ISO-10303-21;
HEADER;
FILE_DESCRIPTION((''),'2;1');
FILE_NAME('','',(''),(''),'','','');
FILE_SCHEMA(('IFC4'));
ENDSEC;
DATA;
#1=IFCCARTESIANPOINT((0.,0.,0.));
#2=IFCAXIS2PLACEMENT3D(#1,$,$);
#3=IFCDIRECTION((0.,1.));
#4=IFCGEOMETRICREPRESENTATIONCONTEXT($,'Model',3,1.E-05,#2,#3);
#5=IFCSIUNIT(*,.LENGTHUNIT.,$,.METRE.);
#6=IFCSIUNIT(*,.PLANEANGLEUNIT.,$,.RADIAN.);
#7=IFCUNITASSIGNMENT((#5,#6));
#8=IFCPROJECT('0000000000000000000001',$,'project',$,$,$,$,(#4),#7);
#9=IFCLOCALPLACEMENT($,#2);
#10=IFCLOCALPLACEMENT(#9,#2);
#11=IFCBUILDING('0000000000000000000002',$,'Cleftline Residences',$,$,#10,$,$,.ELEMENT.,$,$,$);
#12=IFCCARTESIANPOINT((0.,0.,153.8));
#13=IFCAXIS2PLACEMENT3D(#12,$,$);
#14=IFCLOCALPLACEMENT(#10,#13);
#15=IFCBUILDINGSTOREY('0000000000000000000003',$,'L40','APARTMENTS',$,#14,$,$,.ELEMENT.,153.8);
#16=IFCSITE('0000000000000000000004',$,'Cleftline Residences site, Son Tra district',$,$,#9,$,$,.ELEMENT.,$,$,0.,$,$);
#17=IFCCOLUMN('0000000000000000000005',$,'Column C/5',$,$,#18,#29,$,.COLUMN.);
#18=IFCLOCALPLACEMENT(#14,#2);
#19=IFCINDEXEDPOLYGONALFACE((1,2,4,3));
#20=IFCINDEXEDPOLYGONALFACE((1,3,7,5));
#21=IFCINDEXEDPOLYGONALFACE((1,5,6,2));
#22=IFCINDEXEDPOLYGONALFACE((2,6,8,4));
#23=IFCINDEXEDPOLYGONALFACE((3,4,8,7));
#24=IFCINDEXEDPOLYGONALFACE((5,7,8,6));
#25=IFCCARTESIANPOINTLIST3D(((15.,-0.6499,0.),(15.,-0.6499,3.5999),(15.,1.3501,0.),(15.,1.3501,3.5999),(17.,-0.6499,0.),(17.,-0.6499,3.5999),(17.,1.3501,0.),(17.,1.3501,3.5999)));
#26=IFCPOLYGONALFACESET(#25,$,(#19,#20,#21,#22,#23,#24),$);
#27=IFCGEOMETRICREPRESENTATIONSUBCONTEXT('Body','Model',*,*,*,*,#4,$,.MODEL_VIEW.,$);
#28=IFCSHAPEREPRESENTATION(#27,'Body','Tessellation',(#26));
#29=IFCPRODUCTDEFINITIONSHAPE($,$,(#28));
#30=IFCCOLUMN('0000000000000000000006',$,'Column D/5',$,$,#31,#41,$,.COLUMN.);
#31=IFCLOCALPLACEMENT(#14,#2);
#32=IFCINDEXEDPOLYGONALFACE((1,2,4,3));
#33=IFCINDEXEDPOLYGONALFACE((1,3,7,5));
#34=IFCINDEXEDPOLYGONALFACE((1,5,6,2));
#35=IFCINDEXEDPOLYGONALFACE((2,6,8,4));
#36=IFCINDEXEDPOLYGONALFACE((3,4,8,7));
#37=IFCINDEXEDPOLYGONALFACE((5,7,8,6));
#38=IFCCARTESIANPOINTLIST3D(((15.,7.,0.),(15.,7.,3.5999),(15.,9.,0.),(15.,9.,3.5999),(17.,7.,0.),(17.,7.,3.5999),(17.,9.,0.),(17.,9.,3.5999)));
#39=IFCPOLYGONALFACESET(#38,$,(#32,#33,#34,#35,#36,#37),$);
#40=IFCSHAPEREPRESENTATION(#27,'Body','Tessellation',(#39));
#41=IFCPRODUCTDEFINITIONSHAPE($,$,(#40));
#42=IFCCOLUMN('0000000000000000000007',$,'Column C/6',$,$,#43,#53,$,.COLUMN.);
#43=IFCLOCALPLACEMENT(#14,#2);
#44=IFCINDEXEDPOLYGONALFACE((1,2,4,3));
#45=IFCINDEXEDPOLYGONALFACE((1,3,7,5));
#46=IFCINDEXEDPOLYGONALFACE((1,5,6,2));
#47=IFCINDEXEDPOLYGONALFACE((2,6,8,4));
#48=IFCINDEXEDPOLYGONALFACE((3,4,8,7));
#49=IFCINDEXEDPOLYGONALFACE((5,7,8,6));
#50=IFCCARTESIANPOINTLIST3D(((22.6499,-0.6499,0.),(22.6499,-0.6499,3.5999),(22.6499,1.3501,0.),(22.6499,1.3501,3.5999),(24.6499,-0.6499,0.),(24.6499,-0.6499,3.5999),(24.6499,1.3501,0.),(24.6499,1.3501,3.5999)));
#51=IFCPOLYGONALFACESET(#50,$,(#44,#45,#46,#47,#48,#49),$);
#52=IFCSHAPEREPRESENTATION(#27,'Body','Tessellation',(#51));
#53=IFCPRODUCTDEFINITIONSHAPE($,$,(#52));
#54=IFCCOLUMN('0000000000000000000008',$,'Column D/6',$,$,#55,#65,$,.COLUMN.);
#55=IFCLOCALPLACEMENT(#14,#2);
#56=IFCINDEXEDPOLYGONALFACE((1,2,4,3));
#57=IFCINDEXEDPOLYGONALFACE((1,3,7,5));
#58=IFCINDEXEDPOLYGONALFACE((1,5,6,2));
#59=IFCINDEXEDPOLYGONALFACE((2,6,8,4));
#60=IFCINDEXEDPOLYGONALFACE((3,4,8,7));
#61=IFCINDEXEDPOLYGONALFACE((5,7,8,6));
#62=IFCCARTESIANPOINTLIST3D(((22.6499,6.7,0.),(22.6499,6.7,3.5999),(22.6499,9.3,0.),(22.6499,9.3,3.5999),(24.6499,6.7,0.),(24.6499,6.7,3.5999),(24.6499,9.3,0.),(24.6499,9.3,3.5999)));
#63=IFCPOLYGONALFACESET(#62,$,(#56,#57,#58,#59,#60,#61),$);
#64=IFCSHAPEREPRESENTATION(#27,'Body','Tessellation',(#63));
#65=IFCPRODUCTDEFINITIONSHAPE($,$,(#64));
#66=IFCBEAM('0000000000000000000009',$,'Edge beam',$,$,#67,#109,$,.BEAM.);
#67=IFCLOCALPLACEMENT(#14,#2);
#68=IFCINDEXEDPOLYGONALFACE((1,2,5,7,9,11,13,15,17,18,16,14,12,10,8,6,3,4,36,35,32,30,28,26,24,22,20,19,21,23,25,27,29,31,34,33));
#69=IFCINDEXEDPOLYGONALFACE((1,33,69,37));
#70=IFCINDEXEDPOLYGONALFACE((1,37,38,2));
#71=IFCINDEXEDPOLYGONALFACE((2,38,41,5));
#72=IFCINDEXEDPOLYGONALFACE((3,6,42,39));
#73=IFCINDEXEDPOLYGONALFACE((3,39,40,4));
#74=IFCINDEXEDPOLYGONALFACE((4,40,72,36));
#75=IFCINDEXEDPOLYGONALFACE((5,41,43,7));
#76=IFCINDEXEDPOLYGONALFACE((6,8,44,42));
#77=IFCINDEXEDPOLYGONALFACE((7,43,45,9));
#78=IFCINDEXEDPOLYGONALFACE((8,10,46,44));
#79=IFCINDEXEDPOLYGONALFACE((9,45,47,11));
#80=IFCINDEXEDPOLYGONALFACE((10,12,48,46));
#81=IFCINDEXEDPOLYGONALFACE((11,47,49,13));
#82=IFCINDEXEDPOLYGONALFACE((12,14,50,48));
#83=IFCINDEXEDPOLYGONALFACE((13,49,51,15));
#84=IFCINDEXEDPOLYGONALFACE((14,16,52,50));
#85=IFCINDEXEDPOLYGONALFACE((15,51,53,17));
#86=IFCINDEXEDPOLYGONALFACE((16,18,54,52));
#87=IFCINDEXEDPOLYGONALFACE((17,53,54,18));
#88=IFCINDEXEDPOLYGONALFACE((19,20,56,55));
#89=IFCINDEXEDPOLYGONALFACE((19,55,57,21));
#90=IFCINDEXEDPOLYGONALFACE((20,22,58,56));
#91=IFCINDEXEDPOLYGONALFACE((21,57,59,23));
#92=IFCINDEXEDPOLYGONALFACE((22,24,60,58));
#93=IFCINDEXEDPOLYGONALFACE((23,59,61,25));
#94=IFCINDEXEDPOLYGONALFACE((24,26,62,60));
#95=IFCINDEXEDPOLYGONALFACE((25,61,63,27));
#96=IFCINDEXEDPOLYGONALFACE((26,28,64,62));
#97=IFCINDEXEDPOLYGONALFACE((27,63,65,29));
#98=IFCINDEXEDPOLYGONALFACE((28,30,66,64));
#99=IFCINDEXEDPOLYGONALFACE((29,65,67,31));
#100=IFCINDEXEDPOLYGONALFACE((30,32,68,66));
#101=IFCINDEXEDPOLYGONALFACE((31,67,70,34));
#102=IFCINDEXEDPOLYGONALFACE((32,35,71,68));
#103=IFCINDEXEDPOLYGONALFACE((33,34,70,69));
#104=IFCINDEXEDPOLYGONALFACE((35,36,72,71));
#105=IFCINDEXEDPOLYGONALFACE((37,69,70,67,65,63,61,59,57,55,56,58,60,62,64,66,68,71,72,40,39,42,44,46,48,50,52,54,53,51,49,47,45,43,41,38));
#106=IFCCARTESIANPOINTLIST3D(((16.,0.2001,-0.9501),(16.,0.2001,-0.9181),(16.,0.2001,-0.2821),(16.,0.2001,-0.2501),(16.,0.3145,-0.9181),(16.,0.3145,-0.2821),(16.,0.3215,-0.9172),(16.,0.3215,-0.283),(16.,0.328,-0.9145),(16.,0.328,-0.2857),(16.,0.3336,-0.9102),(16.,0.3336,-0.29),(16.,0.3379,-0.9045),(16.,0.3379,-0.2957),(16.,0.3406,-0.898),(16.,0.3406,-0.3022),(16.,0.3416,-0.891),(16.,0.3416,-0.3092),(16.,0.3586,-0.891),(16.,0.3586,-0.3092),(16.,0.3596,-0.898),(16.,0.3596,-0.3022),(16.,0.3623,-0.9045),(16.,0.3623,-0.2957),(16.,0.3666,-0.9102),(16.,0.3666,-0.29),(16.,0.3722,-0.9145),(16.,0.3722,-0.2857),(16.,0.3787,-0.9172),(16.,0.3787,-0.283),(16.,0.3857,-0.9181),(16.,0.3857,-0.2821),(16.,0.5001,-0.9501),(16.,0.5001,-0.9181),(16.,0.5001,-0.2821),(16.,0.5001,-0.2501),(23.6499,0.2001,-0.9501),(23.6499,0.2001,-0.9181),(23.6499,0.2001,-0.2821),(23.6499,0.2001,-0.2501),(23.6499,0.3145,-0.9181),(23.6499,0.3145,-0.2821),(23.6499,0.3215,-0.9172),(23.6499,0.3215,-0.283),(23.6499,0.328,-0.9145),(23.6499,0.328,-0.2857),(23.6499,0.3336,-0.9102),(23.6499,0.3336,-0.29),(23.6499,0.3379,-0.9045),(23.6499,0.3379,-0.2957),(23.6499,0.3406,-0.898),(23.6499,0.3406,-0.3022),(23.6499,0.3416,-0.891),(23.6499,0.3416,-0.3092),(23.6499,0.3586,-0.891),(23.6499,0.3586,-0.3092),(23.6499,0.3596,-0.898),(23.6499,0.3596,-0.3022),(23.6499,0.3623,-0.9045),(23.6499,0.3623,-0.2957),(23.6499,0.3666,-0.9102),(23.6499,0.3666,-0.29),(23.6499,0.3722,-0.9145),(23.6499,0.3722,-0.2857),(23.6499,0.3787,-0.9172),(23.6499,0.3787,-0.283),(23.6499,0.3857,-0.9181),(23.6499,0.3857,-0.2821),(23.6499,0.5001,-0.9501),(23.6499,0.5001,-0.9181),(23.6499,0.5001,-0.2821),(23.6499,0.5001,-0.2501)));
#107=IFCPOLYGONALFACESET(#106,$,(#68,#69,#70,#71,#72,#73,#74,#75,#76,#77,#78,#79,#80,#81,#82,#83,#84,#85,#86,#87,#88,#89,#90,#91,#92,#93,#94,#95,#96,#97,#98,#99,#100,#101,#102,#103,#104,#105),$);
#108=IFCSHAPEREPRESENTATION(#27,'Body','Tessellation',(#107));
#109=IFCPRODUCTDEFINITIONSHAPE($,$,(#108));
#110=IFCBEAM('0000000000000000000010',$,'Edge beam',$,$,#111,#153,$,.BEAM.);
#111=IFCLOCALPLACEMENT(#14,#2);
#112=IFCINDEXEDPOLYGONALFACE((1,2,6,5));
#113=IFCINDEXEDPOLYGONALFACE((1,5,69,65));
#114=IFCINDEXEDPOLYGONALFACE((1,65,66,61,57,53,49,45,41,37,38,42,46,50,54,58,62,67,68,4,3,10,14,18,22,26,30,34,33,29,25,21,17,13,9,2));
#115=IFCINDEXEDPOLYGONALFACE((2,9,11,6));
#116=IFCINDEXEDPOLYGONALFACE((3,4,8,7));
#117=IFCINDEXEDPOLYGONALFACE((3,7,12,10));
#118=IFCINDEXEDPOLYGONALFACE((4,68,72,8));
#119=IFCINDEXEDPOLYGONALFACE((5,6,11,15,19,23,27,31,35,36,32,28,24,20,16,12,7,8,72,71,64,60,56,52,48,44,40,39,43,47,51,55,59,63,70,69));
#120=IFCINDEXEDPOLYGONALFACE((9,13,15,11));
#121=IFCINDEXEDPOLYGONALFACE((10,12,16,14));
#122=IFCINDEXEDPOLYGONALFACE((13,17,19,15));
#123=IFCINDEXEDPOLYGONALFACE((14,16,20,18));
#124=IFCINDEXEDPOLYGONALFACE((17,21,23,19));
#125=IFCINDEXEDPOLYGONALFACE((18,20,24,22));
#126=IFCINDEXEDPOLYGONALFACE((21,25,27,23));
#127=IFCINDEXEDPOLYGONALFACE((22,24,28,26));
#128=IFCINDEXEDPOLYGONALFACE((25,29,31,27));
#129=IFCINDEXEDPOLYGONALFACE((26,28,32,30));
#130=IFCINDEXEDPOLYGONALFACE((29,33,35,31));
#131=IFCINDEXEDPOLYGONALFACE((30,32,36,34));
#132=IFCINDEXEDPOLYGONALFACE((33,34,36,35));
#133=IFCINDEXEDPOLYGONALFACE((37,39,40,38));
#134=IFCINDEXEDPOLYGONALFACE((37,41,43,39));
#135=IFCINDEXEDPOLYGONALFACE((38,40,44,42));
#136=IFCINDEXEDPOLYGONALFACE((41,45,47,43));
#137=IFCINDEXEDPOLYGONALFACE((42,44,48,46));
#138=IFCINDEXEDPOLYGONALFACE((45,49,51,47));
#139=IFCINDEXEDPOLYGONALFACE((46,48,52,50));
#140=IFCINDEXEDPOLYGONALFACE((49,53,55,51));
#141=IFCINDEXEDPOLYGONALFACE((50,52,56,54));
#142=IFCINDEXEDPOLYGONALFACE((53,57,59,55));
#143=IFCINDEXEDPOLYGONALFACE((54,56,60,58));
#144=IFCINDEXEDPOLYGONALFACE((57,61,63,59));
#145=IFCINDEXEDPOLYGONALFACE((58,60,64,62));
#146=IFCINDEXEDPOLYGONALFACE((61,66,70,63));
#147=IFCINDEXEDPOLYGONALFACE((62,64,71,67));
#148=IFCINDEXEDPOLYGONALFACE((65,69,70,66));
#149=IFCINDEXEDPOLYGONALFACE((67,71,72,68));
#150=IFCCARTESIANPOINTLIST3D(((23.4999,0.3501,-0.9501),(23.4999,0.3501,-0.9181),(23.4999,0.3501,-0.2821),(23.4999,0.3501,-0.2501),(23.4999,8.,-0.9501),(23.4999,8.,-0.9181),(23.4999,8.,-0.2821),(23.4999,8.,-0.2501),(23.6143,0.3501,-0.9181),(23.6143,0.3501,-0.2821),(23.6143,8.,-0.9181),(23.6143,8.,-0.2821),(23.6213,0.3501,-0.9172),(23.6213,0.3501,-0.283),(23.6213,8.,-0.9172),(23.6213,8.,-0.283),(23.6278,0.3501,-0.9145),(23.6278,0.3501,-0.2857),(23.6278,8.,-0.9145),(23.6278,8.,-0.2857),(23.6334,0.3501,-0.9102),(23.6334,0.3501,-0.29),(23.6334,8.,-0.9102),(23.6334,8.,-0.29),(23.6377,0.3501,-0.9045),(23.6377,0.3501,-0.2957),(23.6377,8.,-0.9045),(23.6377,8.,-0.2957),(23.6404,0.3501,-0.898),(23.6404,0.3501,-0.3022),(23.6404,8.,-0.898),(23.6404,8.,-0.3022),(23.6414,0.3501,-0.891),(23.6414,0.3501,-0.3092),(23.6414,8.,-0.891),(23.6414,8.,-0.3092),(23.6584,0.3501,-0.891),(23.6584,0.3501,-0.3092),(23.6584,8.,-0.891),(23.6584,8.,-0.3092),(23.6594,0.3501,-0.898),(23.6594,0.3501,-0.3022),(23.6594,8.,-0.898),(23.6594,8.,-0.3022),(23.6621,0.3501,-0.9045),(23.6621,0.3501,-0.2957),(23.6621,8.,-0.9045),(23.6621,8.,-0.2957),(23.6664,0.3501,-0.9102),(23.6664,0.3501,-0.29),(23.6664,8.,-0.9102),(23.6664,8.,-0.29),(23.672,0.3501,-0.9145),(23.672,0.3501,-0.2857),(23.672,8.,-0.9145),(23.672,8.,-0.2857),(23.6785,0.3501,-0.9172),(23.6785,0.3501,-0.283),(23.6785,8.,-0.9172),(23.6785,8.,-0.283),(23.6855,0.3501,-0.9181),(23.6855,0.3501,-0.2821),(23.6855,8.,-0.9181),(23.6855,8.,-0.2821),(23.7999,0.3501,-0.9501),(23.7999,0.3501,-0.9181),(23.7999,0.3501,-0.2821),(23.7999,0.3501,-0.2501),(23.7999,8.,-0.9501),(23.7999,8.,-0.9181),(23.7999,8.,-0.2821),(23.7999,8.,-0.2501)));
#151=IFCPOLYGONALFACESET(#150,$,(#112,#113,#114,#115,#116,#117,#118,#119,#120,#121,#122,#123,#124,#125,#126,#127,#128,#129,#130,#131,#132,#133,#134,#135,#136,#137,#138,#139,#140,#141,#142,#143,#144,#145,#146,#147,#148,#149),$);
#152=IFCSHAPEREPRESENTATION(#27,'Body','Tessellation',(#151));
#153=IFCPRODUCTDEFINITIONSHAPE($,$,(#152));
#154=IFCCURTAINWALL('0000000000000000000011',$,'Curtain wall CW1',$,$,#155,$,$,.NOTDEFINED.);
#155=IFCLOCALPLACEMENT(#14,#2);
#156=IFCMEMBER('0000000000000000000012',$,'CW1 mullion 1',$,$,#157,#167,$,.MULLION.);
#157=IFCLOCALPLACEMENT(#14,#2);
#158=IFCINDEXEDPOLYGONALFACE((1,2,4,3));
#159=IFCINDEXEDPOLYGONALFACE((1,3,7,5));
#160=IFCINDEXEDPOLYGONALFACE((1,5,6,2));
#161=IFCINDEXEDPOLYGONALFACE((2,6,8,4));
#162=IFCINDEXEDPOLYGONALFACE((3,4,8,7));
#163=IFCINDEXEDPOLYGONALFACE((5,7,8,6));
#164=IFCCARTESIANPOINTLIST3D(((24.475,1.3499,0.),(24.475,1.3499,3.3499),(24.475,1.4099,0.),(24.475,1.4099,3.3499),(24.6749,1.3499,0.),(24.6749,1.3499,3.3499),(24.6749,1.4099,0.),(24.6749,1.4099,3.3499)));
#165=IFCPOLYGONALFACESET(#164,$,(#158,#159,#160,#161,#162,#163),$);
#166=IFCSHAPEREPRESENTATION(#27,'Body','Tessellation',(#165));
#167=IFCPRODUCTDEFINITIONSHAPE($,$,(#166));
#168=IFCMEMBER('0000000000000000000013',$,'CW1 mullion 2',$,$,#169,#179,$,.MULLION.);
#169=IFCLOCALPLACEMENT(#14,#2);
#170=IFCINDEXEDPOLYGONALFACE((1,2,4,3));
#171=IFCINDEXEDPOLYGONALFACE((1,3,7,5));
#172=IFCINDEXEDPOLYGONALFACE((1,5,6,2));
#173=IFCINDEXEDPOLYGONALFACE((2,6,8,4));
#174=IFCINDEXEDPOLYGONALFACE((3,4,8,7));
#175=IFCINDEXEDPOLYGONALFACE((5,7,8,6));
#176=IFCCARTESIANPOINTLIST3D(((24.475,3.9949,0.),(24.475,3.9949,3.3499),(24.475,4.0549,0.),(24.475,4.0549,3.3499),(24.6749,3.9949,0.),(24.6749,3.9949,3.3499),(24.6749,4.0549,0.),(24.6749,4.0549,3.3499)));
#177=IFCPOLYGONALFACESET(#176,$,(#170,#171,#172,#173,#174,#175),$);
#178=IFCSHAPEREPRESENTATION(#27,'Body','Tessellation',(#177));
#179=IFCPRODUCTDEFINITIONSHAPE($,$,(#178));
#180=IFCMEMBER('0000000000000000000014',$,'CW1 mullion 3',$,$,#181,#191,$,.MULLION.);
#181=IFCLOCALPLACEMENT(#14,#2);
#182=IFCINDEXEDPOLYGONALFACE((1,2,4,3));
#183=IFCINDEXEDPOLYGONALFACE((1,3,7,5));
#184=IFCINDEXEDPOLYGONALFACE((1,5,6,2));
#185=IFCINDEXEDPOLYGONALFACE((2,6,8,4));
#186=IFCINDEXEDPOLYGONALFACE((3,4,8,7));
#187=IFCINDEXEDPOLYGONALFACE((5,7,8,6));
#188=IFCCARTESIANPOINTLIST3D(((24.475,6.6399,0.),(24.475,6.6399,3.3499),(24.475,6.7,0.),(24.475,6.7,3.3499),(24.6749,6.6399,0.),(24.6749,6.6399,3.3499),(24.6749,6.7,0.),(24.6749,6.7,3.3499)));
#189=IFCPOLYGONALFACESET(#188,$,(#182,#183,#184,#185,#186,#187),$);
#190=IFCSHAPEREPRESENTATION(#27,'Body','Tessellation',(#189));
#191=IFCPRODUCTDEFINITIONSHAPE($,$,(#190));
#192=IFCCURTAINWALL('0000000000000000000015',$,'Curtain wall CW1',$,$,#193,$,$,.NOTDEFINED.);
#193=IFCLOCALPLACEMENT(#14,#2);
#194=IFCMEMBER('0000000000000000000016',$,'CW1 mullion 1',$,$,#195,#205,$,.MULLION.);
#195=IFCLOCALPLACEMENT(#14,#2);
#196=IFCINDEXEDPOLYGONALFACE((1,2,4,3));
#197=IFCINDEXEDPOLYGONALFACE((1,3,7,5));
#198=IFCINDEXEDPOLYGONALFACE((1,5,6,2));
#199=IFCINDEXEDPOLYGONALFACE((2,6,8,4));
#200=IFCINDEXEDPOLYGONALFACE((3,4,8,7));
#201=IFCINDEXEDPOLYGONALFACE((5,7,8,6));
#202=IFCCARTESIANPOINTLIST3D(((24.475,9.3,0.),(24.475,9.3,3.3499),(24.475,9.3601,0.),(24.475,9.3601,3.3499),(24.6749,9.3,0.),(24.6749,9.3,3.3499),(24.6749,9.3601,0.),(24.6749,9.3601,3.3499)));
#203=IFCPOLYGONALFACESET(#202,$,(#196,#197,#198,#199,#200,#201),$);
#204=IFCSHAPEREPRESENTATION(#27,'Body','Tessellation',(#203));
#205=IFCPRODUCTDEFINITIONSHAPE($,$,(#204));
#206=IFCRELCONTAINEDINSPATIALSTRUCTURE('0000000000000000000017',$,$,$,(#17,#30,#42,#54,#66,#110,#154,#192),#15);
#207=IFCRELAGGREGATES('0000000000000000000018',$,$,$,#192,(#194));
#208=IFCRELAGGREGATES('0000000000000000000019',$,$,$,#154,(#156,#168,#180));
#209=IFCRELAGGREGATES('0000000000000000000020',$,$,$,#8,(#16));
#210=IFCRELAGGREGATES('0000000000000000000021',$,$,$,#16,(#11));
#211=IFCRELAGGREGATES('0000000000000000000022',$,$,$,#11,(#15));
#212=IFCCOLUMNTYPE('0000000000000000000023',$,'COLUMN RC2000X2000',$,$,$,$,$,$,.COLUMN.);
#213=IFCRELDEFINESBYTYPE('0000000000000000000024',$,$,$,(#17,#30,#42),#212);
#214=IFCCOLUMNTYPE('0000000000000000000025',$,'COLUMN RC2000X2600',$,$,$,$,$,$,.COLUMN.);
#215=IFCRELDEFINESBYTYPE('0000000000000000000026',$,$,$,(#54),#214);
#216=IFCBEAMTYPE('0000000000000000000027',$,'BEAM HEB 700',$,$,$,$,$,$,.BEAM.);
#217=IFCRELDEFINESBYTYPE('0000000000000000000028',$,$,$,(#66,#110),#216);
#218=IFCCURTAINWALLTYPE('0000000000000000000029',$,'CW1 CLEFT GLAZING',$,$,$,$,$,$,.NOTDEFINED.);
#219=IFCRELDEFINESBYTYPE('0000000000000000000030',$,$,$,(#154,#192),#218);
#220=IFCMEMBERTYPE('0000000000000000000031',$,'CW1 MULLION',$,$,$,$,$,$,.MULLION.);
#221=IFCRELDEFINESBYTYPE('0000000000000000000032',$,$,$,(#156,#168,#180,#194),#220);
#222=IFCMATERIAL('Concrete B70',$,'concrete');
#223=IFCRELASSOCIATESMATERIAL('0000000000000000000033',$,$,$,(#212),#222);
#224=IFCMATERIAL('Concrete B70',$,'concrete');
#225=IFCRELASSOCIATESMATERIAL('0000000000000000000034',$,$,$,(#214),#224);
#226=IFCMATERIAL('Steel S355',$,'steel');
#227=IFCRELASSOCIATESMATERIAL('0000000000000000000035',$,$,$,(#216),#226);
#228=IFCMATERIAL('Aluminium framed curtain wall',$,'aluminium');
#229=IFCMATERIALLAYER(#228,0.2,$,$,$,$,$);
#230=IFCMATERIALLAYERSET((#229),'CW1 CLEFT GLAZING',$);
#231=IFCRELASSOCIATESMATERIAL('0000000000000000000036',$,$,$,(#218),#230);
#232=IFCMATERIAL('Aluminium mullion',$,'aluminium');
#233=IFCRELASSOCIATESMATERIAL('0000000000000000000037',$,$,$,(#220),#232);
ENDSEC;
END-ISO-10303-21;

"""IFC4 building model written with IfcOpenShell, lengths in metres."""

from ifc_helpers import new_model, si_unit, direction, frame, origin, origin_2d, place, context, subcontext, project, spatial, rectangle, i_section, extrude, material, layer, layer_set, material_profile, profile_set, type_object, element, aggregate, save


model = new_model("IFC4")

# Units and contexts
model_context = context("Model", 3, precision=1e-05, world=origin(), true_north=direction((0.0, 1.0)))
body_context = subcontext(model_context, "Body", "Model", "MODEL_VIEW")
ifc_project = project(units=[si_unit("LENGTHUNIT", "METRE"), si_unit("PLANEANGLEUNIT", "RADIAN")], contexts=[model_context])

# Site, building, storey
site_placement = place(None, origin())
site = spatial("IfcSite", under=ifc_project, at=site_placement, Name="Cleftline Residences site, Son Tra district", CompositionType="ELEMENT", RefElevation=0.0)
building_placement = place(site_placement, origin())
building = spatial("IfcBuilding", under=site, at=building_placement, Name="Cleftline Residences", CompositionType="ELEMENT")
storey_placement = place(building_placement, frame((0.0, 0.0, 153.8)))
storey = spatial("IfcBuildingStorey", under=building, at=storey_placement, Name="L40", Description="APARTMENTS", CompositionType="ELEMENT", Elevation=153.8)

# Columns
ifc_material_1 = material(Name="Concrete B70", Category="concrete")
ifc_material_profile_1 = material_profile(ifc_material_1, rectangle(XDim=2.0, YDim=2.0, at=origin_2d()))
ifc_profile_set_1 = profile_set([ifc_material_profile_1], Name="Concrete B70")
column_type_1 = type_object("IfcColumnType", Name="COLUMN RC2000X2000", PredefinedType="COLUMN", material=ifc_profile_set_1)
for number, where, z_axis, x_axis, name in (
    (1, (16.0, 0.3501, 0.0), (0.0, 0.0, 1.0), (1.0, 0.0, 0.0), "Column C/5"),
    (2, (16.0, 8.0, 0.0), (0.0, 0.0, 1.0), (1.0, 0.0, 0.0), "Column D/5"),
    (3, (23.6499, 0.3501, 0.0), (0.0, 0.0, 1.0), (1.0, 0.0, 0.0), "Column C/6"),
):
    element("IfcColumn", number, at=place(storey_placement, frame(where, z_axis=z_axis, x_axis=x_axis)), inside=storey, type_object=column_type_1, Name=name, PredefinedType="COLUMN", context=body_context, shape_type="SweptSolid", body=[
        extrude(rectangle(XDim=2.0, YDim=2.0, at=origin_2d()), origin(), (0.0, 0.0, 1.0), 3.5999),
    ])
ifc_material_2 = material(Name="Concrete B70", Category="concrete")
ifc_material_profile_2 = material_profile(ifc_material_2, rectangle(XDim=2.0, YDim=2.6001, at=origin_2d()))
ifc_profile_set_2 = profile_set([ifc_material_profile_2], Name="Concrete B70")
column_type_2 = type_object("IfcColumnType", Name="COLUMN RC2000X2600", PredefinedType="COLUMN", material=ifc_profile_set_2)
column_placement = place(storey_placement, frame((23.6499, 8.0, 0.0), z_axis=(0.0, 0.0, 1.0), x_axis=(1.0, 0.0, 0.0)))
element("IfcColumn", 4, at=column_placement, inside=storey, type_object=column_type_2, Name="Column D/6", PredefinedType="COLUMN", context=body_context, shape_type="SweptSolid", body=[
    extrude(rectangle(XDim=2.0, YDim=2.6001, at=origin_2d()), origin(), (0.0, 0.0, 1.0), 3.5999),
])

# Beams
ifc_material_3 = material(Name="Steel S355", Category="steel")
ifc_material_profile_3 = material_profile(ifc_material_3, i_section(OverallWidth=0.3, OverallDepth=0.7, WebThickness=0.0171, FlangeThickness=0.032, FilletRadius=0.0271, at=origin_2d()))
ifc_profile_set_3 = profile_set([ifc_material_profile_3], Name="Steel S355")
beam_type = type_object("IfcBeamType", Name="BEAM HEB 700", PredefinedType="BEAM", material=ifc_profile_set_3)
for number, where, z_axis, x_axis, name in (
    (5, (16.0, 0.3501, -0.6001), (1.0, 0.0, 0.0), (0.0, 1.0, 0.0), "Edge beam"),
    (6, (23.6499, 0.3501, -0.6001), (0.0, 1.0, 0.0), (-1.0, 0.0, 0.0), "Edge beam"),
):
    element("IfcBeam", number, at=place(storey_placement, frame(where, z_axis=z_axis, x_axis=x_axis)), inside=storey, type_object=beam_type, Name=name, PredefinedType="BEAM", context=body_context, shape_type="SweptSolid", body=[
        extrude(i_section(OverallWidth=0.3, OverallDepth=0.7, WebThickness=0.0171, FlangeThickness=0.032, FilletRadius=0.0271, at=origin_2d()), origin(), (0.0, 0.0, 1.0), 7.6499),
    ])

# Curtain wall, members
ifc_material_4 = material(Name="Aluminium framed curtain wall", Category="aluminium")
ifc_layer_1 = layer(ifc_material_4, 0.2)
ifc_layer_set_1 = layer_set([ifc_layer_1], Name="CW1 CLEFT GLAZING")
curtain_wall_type = type_object("IfcCurtainWallType", Name="CW1 CLEFT GLAZING", PredefinedType="NOTDEFINED", material=ifc_layer_set_1)
curtain_wall_1_placement = place(storey_placement, origin())
curtain_wall_1 = element("IfcCurtainWall", 7, at=curtain_wall_1_placement, inside=storey, type_object=curtain_wall_type, Name="Curtain wall CW1", PredefinedType="NOTDEFINED")
ifc_material_5 = material(Name="Aluminium mullion", Category="aluminium")
ifc_material_profile_4 = material_profile(ifc_material_5, rectangle(XDim=0.2, YDim=0.0601, at=origin_2d()))
ifc_profile_set_4 = profile_set([ifc_material_profile_4], Name="Aluminium mullion")
member_type_1 = type_object("IfcMemberType", Name="CW1 MULLION", PredefinedType="MULLION", material=ifc_profile_set_4)
member_1_placement = place(storey_placement, frame((24.575, 1.3799, 0.0), z_axis=(0.0, 0.0, 1.0), x_axis=(-1.0, 0.0, 0.0)))
member_1 = element("IfcMember", 8, at=member_1_placement, type_object=member_type_1, Name="CW1 mullion 1", PredefinedType="MULLION", context=body_context, shape_type="SweptSolid", body=[
    extrude(rectangle(XDim=0.2, YDim=0.0601, at=origin_2d()), origin(), (0.0, 0.0, 1.0), 3.3499),
])
member_2_placement = place(storey_placement, frame((24.575, 4.0249, 0.0), z_axis=(0.0, 0.0, 1.0), x_axis=(-1.0, 0.0, 0.0)))
member_2 = element("IfcMember", 9, at=member_2_placement, type_object=member_type_1, Name="CW1 mullion 2", PredefinedType="MULLION", context=body_context, shape_type="SweptSolid", body=[
    extrude(rectangle(XDim=0.2, YDim=0.0601, at=origin_2d()), origin(), (0.0, 0.0, 1.0), 3.3499),
])
member_3_placement = place(storey_placement, frame((24.575, 6.6699, 0.0), z_axis=(0.0, 0.0, 1.0), x_axis=(-1.0, 0.0, 0.0)))
member_3 = element("IfcMember", 10, at=member_3_placement, type_object=member_type_1, Name="CW1 mullion 3", PredefinedType="MULLION", context=body_context, shape_type="SweptSolid", body=[
    extrude(rectangle(XDim=0.2, YDim=0.0601, at=origin_2d()), origin(), (0.0, 0.0, 1.0), 3.3499),
])

# Curtain wall, member
curtain_wall_2_placement = place(storey_placement, origin())
curtain_wall_2 = element("IfcCurtainWall", 11, at=curtain_wall_2_placement, inside=storey, type_object=curtain_wall_type, Name="Curtain wall CW1", PredefinedType="NOTDEFINED")
member_4_placement = place(storey_placement, frame((24.575, 9.3301, 0.0), z_axis=(0.0, 0.0, 1.0), x_axis=(-1.0, 0.0, 0.0)))
member_4 = element("IfcMember", 12, at=member_4_placement, type_object=member_type_1, Name="CW1 mullion 1", PredefinedType="MULLION", context=body_context, shape_type="SweptSolid", body=[
    extrude(rectangle(XDim=0.2, YDim=0.0601, at=origin_2d()), origin(), (0.0, 0.0, 1.0), 3.3499),
])

aggregate(curtain_wall_2, [member_4])

aggregate(curtain_wall_1, [member_1, member_2, member_3])

save(model, "model.ifc")
